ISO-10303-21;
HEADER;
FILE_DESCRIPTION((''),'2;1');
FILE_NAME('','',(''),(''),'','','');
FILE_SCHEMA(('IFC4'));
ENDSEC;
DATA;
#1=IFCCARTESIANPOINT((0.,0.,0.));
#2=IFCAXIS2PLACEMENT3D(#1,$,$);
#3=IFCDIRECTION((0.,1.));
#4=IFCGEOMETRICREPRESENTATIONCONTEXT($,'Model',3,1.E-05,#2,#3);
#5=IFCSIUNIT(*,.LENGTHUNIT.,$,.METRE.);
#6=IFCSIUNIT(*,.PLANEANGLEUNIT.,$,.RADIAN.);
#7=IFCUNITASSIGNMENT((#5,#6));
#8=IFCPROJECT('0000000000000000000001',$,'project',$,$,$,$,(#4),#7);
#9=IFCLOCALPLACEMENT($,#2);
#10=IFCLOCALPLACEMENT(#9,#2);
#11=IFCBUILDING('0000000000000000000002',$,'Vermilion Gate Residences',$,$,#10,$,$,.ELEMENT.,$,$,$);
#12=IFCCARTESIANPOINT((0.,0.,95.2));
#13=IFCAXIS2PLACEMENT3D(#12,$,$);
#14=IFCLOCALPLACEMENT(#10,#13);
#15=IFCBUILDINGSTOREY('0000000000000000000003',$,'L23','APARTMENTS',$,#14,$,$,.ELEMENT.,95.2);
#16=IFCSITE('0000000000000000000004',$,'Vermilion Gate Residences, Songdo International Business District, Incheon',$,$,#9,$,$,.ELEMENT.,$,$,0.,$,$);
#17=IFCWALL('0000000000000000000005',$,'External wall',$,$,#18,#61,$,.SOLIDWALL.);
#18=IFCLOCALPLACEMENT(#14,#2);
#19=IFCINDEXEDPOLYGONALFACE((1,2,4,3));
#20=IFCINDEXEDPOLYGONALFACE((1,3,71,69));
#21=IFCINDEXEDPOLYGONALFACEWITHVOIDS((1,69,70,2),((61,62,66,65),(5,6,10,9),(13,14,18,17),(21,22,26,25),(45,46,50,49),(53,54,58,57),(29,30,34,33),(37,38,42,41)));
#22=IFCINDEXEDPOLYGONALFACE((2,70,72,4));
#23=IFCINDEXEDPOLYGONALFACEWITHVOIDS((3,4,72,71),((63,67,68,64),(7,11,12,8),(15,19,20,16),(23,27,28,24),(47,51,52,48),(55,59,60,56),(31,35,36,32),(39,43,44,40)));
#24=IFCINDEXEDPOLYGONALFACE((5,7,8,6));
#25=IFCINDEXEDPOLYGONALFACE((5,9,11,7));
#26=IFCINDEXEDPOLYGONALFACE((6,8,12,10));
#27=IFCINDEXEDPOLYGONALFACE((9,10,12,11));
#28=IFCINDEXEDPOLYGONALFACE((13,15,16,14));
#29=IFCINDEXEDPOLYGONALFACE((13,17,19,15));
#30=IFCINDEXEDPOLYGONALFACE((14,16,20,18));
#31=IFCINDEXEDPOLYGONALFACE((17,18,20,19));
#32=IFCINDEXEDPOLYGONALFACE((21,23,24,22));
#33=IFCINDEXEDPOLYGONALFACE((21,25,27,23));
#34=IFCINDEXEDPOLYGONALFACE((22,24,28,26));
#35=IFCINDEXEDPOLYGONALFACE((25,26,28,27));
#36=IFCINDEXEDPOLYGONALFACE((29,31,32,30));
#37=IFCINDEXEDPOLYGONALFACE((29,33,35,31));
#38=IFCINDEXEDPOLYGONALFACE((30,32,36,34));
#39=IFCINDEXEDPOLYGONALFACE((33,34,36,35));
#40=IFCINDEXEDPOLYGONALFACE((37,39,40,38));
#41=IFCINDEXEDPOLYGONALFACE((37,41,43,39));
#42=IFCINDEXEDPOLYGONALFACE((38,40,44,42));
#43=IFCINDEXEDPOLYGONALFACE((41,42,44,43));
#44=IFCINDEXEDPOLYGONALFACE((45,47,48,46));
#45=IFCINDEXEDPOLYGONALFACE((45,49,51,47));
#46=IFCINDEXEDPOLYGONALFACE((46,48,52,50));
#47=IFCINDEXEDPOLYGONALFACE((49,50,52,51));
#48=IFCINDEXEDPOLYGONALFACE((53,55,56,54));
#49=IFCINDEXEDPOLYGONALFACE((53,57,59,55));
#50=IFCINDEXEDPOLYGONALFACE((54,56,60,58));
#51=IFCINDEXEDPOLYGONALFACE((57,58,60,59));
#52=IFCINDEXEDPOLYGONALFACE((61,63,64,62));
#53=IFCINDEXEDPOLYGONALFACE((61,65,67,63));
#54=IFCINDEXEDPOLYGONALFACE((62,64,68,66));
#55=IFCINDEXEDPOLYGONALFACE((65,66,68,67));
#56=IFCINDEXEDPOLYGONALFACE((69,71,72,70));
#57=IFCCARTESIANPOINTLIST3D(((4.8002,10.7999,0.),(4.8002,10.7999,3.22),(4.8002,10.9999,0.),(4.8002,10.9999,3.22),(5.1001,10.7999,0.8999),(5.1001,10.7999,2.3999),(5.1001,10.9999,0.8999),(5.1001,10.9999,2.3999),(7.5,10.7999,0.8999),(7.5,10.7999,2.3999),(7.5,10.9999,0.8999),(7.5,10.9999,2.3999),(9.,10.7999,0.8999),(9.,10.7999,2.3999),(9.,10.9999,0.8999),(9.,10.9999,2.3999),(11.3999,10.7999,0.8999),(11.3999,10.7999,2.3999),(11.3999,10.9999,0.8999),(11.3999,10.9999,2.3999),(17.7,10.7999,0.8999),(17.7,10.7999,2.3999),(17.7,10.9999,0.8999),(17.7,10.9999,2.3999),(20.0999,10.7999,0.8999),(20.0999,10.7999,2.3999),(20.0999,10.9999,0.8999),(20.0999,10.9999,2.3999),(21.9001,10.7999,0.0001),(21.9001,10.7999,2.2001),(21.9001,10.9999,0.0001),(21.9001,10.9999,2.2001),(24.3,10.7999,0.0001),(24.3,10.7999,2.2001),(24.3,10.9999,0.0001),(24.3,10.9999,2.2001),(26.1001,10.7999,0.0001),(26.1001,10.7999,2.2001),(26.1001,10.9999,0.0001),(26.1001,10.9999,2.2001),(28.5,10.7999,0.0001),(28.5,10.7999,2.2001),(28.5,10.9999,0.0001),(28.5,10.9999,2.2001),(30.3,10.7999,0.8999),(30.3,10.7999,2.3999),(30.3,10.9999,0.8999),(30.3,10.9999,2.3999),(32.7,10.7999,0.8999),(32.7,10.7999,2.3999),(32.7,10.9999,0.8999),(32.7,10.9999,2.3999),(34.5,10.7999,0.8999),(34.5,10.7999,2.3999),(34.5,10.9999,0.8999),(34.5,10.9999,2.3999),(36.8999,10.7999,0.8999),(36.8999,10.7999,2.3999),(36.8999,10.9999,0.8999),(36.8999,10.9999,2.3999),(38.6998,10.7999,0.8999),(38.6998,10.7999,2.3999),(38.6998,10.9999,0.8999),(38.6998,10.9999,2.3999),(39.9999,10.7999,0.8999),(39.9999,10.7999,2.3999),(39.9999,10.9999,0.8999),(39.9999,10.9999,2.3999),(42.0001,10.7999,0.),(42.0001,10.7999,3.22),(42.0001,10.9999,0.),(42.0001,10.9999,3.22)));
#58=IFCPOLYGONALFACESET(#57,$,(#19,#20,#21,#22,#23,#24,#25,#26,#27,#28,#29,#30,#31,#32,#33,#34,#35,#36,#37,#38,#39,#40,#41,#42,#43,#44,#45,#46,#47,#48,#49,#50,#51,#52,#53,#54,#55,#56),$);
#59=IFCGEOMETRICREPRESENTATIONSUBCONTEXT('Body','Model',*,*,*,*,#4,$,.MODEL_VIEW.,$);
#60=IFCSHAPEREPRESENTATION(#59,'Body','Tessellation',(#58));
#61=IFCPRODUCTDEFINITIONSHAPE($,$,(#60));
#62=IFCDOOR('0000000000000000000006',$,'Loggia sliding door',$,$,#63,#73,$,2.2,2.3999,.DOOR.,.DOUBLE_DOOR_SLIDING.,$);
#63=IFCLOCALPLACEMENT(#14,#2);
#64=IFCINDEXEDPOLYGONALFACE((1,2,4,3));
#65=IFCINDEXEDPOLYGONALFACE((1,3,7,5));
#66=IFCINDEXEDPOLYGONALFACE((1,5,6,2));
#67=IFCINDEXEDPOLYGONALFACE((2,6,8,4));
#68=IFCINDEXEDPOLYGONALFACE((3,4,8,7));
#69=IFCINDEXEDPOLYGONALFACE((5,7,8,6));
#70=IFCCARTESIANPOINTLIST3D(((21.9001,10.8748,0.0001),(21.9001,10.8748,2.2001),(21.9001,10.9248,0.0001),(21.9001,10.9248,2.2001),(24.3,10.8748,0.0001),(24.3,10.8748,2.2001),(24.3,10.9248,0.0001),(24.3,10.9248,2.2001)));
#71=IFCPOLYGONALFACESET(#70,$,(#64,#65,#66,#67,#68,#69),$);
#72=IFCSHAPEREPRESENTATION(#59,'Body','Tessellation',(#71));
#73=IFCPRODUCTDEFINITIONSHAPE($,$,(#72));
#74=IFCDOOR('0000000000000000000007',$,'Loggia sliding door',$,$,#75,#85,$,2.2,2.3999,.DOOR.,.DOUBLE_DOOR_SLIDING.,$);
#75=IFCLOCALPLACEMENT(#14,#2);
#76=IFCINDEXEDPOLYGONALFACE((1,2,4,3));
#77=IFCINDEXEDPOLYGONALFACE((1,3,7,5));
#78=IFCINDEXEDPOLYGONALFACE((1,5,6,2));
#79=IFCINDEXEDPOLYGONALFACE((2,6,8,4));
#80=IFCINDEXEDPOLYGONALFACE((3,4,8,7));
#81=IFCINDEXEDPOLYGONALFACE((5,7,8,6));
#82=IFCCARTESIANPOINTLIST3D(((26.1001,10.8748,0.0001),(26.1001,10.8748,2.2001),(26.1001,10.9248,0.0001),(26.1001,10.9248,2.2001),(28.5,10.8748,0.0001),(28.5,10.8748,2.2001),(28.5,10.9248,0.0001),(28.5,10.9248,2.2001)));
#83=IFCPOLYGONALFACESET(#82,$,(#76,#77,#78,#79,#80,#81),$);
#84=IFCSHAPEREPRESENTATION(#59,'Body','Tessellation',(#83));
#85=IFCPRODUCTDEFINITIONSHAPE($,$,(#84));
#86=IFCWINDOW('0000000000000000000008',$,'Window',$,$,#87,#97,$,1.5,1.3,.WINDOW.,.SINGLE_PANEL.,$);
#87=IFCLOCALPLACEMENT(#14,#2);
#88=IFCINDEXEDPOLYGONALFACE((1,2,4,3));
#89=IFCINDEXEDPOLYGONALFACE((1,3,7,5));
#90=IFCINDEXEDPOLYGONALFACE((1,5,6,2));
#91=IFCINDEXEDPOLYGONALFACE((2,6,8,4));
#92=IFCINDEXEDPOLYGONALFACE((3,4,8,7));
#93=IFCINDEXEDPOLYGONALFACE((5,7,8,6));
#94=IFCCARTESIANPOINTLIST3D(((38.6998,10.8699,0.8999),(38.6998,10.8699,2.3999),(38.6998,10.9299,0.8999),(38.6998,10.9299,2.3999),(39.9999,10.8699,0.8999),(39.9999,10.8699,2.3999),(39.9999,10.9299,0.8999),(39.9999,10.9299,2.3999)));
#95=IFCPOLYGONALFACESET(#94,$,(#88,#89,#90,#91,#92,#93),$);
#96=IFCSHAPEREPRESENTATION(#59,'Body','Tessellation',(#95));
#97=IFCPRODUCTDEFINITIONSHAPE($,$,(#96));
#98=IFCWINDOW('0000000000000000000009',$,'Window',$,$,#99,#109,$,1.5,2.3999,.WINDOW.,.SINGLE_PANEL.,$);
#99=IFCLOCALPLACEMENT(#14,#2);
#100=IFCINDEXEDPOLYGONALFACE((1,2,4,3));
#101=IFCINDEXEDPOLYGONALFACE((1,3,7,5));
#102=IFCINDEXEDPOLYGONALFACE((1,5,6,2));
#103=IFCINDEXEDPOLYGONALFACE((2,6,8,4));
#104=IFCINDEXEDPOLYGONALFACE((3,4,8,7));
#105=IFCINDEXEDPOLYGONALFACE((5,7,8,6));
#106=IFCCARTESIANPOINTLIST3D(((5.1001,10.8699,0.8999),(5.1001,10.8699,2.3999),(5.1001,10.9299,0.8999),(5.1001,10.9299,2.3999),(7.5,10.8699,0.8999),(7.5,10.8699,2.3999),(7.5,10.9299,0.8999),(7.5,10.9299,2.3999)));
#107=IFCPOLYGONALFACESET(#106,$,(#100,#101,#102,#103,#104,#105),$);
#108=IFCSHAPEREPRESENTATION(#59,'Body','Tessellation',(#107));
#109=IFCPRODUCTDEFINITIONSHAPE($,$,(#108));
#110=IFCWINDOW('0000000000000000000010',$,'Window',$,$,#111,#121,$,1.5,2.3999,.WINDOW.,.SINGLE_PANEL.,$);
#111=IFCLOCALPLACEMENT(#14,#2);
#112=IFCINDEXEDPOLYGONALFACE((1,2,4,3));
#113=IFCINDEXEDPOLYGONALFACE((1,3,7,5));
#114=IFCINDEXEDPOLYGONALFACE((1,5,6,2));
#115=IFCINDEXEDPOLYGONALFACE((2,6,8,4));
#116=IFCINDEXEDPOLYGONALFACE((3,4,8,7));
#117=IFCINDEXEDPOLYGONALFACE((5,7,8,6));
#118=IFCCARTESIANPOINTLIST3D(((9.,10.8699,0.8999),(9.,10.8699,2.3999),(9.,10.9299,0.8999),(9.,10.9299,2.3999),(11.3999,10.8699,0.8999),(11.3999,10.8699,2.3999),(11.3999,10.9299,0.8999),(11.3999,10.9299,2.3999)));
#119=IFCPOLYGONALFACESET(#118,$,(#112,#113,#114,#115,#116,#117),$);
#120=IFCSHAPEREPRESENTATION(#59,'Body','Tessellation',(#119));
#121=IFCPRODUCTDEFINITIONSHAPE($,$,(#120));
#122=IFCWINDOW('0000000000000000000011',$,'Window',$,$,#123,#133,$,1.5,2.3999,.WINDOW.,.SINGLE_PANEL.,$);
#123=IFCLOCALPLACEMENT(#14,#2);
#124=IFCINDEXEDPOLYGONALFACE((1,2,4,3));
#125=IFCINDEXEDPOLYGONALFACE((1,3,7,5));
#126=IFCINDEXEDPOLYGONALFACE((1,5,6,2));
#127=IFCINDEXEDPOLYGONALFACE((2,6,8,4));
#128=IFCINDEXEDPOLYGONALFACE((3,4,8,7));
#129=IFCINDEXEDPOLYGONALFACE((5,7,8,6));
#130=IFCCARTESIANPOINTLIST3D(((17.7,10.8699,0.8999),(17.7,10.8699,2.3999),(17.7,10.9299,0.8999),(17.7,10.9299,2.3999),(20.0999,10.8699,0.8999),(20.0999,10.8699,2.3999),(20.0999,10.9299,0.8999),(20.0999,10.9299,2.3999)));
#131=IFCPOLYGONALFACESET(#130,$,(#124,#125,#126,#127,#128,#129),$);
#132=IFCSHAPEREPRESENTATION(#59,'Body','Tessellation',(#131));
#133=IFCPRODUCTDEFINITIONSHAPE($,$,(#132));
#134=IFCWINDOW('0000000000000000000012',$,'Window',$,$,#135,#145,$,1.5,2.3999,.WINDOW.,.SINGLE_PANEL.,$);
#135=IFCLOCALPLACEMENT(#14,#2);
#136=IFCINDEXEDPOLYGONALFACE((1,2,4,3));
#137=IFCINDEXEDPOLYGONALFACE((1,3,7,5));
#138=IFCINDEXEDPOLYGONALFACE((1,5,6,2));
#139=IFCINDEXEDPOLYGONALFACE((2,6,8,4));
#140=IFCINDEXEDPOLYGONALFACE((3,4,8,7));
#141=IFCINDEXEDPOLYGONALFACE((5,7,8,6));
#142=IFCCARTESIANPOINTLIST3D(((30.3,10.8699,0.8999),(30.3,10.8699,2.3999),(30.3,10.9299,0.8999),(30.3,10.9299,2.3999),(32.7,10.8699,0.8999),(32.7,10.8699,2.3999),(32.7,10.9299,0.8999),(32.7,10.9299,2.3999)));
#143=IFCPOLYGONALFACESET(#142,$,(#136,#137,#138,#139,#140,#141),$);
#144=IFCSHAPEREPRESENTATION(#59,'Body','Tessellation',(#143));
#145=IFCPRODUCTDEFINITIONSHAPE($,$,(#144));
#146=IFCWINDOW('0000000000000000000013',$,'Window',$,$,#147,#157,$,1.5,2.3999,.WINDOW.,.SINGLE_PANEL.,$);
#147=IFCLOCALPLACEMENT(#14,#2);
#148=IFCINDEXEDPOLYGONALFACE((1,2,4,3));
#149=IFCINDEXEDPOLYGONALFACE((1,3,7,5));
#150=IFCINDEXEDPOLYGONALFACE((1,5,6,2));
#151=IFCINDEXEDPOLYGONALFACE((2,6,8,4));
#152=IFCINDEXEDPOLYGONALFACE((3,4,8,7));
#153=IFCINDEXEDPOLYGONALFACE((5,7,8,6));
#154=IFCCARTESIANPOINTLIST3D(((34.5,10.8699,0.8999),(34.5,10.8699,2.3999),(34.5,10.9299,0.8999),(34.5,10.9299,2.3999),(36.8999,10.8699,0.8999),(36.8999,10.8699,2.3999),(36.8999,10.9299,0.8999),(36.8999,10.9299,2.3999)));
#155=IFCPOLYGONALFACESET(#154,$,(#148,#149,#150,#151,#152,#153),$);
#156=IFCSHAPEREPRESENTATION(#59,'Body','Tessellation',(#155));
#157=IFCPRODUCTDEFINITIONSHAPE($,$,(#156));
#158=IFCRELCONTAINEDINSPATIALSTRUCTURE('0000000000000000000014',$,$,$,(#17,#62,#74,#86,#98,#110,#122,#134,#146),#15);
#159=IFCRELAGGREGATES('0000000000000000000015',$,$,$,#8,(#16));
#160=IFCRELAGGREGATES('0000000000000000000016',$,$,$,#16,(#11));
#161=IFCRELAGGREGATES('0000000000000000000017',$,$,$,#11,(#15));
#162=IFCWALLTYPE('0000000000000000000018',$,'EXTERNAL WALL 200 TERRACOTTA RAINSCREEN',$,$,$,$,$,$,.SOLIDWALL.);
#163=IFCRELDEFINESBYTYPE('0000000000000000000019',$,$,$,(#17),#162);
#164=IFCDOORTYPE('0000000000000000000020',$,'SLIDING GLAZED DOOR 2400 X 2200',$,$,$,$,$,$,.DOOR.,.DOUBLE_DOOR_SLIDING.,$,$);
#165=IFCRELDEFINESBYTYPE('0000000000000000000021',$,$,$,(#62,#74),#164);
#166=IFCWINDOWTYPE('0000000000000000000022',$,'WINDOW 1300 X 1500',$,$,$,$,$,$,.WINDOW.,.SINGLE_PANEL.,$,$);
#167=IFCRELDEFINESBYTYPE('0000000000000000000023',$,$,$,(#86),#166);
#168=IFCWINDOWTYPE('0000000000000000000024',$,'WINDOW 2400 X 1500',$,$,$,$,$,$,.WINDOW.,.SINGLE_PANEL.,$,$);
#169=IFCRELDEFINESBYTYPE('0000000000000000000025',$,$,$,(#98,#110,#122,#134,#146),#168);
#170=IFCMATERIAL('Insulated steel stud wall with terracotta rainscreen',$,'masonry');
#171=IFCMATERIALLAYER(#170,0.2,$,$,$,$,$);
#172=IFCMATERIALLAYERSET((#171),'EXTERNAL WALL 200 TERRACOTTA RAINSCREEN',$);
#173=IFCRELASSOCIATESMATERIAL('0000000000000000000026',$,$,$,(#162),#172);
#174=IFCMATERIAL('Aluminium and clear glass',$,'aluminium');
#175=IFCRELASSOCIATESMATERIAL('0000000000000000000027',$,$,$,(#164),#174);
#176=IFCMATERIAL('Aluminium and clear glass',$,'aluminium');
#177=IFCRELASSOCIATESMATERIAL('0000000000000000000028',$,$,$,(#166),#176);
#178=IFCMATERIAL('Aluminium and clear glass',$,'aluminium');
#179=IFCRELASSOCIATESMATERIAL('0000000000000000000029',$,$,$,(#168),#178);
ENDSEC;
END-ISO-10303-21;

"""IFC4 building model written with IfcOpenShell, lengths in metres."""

from ifc_helpers import new_model, si_unit, direction, frame, frame_2d, origin, place, context, subcontext, project, spatial, rectangle, extrude, material, layer, layer_set, type_object, element, fill, save


model = new_model("IFC4")

# Units and contexts
model_context = context("Model", 3, precision=1e-05, world=origin(), true_north=direction((0.0, 1.0)))
body_context = subcontext(model_context, "Body", "Model", "MODEL_VIEW")
ifc_project = project(units=[si_unit("LENGTHUNIT", "METRE"), si_unit("PLANEANGLEUNIT", "RADIAN")], contexts=[model_context])

# Site, building, storey
site_placement = place(None, origin())
site = spatial("IfcSite", under=ifc_project, at=site_placement, Name="Vermilion Gate Residences, Songdo International Business District, Incheon", CompositionType="ELEMENT", RefElevation=0.0)
building_placement = place(site_placement, origin())
building = spatial("IfcBuilding", under=site, at=building_placement, Name="Vermilion Gate Residences", CompositionType="ELEMENT")
storey_placement = place(building_placement, frame((0.0, 0.0, 95.2)))
storey = spatial("IfcBuildingStorey", under=building, at=storey_placement, Name="L23", Description="APARTMENTS", CompositionType="ELEMENT", Elevation=95.2)

# Shared definitions
ifc_material_1 = material(Name="Insulated steel stud wall with terracotta rainscreen", Category="masonry")
ifc_layer_1 = layer(ifc_material_1, 0.2)
ifc_layer_set_1 = layer_set([ifc_layer_1], Name="EXTERNAL WALL 200 TERRACOTTA RAINSCREEN")
wall_type_1 = type_object("IfcWallType", Name="EXTERNAL WALL 200 TERRACOTTA RAINSCREEN", PredefinedType="SOLIDWALL", material=ifc_layer_set_1)

# Wall, openings, doors, windows
wall_1_placement = place(storey_placement, frame((4.8, 10.8999, 0.0), z_axis=(0.0, 0.0, 1.0), x_axis=(1.0, 0.0, 0.0)))
wall_1 = element("IfcWall", 1, at=wall_1_placement, inside=storey, type_object=wall_type_1, Name="External wall", PredefinedType="SOLIDWALL", context=body_context, shape_type="SweptSolid", body=[
    extrude(rectangle(XDim=37.2, YDim=0.2, at=frame_2d((18.6001, 0.0))), origin(), (0.0, 0.0, 1.0), 3.22),
])
opening_1_placement = place(wall_1_placement, frame((0.3, 0.0, 0.8999)))
opening_1 = element("IfcOpeningElement", 2, at=opening_1_placement, cuts=wall_1, PredefinedType="OPENING", context=body_context, shape_type="SweptSolid", body=[
    extrude(rectangle(XDim=2.3999, YDim=1.5, at=frame_2d((1.2, 0.75))), frame((0.0, 0.1099, 0.0), z_axis=(0.0, -1.0, 0.0), x_axis=(1.0, 0.0, 0.0)), (0.0, 0.0, 1.0), 0.22),
])
opening_2_placement = place(wall_1_placement, frame((4.2, 0.0, 0.8999)))
opening_2 = element("IfcOpeningElement", 3, at=opening_2_placement, cuts=wall_1, PredefinedType="OPENING", context=body_context, shape_type="SweptSolid", body=[
    extrude(rectangle(XDim=2.3999, YDim=1.5, at=frame_2d((1.2, 0.75))), frame((0.0, 0.1099, 0.0), z_axis=(0.0, -1.0, 0.0), x_axis=(1.0, 0.0, 0.0)), (0.0, 0.0, 1.0), 0.22),
])
opening_3_placement = place(wall_1_placement, frame((12.8999, 0.0, 0.8999)))
opening_3 = element("IfcOpeningElement", 4, at=opening_3_placement, cuts=wall_1, PredefinedType="OPENING", context=body_context, shape_type="SweptSolid", body=[
    extrude(rectangle(XDim=2.3999, YDim=1.5, at=frame_2d((1.2, 0.75))), frame((0.0, 0.1099, 0.0), z_axis=(0.0, -1.0, 0.0), x_axis=(1.0, 0.0, 0.0)), (0.0, 0.0, 1.0), 0.22),
])
opening_4_placement = place(wall_1_placement, frame((17.1001, 0.0, 0.0)))
opening_4 = element("IfcOpeningElement", 5, at=opening_4_placement, cuts=wall_1, PredefinedType="OPENING", context=body_context, shape_type="SweptSolid", body=[
    extrude(rectangle(XDim=2.3999, YDim=2.2, at=frame_2d((1.2, 1.1001))), frame((0.0, 0.1099, 0.0), z_axis=(0.0, -1.0, 0.0), x_axis=(1.0, 0.0, 0.0)), (0.0, 0.0, 1.0), 0.22),
])
opening_5_placement = place(wall_1_placement, frame((21.3, 0.0, 0.0)))
opening_5 = element("IfcOpeningElement", 6, at=opening_5_placement, cuts=wall_1, PredefinedType="OPENING", context=body_context, shape_type="SweptSolid", body=[
    extrude(rectangle(XDim=2.3999, YDim=2.2, at=frame_2d((1.2, 1.1001))), frame((0.0, 0.1099, 0.0), z_axis=(0.0, -1.0, 0.0), x_axis=(1.0, 0.0, 0.0)), (0.0, 0.0, 1.0), 0.22),
])
opening_6_placement = place(wall_1_placement, frame((25.5, 0.0, 0.8999)))
opening_6 = element("IfcOpeningElement", 7, at=opening_6_placement, cuts=wall_1, PredefinedType="OPENING", context=body_context, shape_type="SweptSolid", body=[
    extrude(rectangle(XDim=2.3999, YDim=1.5, at=frame_2d((1.2, 0.75))), frame((0.0, 0.1099, 0.0), z_axis=(0.0, -1.0, 0.0), x_axis=(1.0, 0.0, 0.0)), (0.0, 0.0, 1.0), 0.22),
])
opening_7_placement = place(wall_1_placement, frame((29.7, 0.0, 0.8999)))
opening_7 = element("IfcOpeningElement", 8, at=opening_7_placement, cuts=wall_1, PredefinedType="OPENING", context=body_context, shape_type="SweptSolid", body=[
    extrude(rectangle(XDim=2.3999, YDim=1.5, at=frame_2d((1.2, 0.75))), frame((0.0, 0.1099, 0.0), z_axis=(0.0, -1.0, 0.0), x_axis=(1.0, 0.0, 0.0)), (0.0, 0.0, 1.0), 0.22),
])
opening_8_placement = place(wall_1_placement, frame((33.8999, 0.0, 0.8999)))
opening_8 = element("IfcOpeningElement", 9, at=opening_8_placement, cuts=wall_1, PredefinedType="OPENING", context=body_context, shape_type="SweptSolid", body=[
    extrude(rectangle(XDim=1.3, YDim=1.5, at=frame_2d((0.6499, 0.75))), frame((0.0, 0.1099, 0.0), z_axis=(0.0, -1.0, 0.0), x_axis=(1.0, 0.0, 0.0)), (0.0, 0.0, 1.0), 0.22),
])
ifc_material_2 = material(Name="Aluminium and clear glass", Category="aluminium")
door_type_1 = type_object("IfcDoorType", Name="SLIDING GLAZED DOOR 2400 X 2200", OperationType="DOUBLE_DOOR_SLIDING", PredefinedType="DOOR", material=ifc_material_2)
door_1_placement = place(opening_4_placement, origin())
door_1 = element("IfcDoor", 10, at=door_1_placement, inside=storey, type_object=door_type_1, Name="Loggia sliding door", OperationType="DOUBLE_DOOR_SLIDING", OverallHeight=2.2, OverallWidth=2.3999, PredefinedType="DOOR", context=body_context, shape_type="SweptSolid", body=[
    extrude(rectangle(XDim=2.3999, YDim=2.2, at=frame_2d((1.2, 1.1001))), frame((0.0, 0.0249, 0.0), z_axis=(0.0, -1.0, 0.0), x_axis=(1.0, 0.0, 0.0)), (0.0, 0.0, 1.0), 0.05),
])
fill(opening_4, door_1)
door_2_placement = place(opening_5_placement, origin())
door_2 = element("IfcDoor", 11, at=door_2_placement, inside=storey, type_object=door_type_1, Name="Loggia sliding door", OperationType="DOUBLE_DOOR_SLIDING", OverallHeight=2.2, OverallWidth=2.3999, PredefinedType="DOOR", context=body_context, shape_type="SweptSolid", body=[
    extrude(rectangle(XDim=2.3999, YDim=2.2, at=frame_2d((1.2, 1.1001))), frame((0.0, 0.0249, 0.0), z_axis=(0.0, -1.0, 0.0), x_axis=(1.0, 0.0, 0.0)), (0.0, 0.0, 1.0), 0.05),
])
fill(opening_5, door_2)
ifc_material_3 = material(Name="Aluminium and clear glass", Category="aluminium")
window_type_1 = type_object("IfcWindowType", Name="WINDOW 1300 X 1500", PartitioningType="SINGLE_PANEL", PredefinedType="WINDOW", material=ifc_material_3)
window_1_placement = place(opening_8_placement, origin())
window_1 = element("IfcWindow", 12, at=window_1_placement, inside=storey, type_object=window_type_1, Name="Window", OverallHeight=1.5, OverallWidth=1.3, PartitioningType="SINGLE_PANEL", PredefinedType="WINDOW", context=body_context, shape_type="SweptSolid", body=[
    extrude(rectangle(XDim=1.3, YDim=1.5, at=frame_2d((0.6499, 0.75))), frame((0.0, 0.03, 0.0), z_axis=(0.0, -1.0, 0.0), x_axis=(1.0, 0.0, 0.0)), (0.0, 0.0, 1.0), 0.0601),
])
fill(opening_8, window_1)
ifc_material_4 = material(Name="Aluminium and clear glass", Category="aluminium")
window_type_2 = type_object("IfcWindowType", Name="WINDOW 2400 X 1500", PartitioningType="SINGLE_PANEL", PredefinedType="WINDOW", material=ifc_material_4)
window_2_placement = place(opening_1_placement, origin())
window_2 = element("IfcWindow", 13, at=window_2_placement, inside=storey, type_object=window_type_2, Name="Window", OverallHeight=1.5, OverallWidth=2.3999, PartitioningType="SINGLE_PANEL", PredefinedType="WINDOW", context=body_context, shape_type="SweptSolid", body=[
    extrude(rectangle(XDim=2.3999, YDim=1.5, at=frame_2d((1.2, 0.75))), frame((0.0, 0.03, 0.0), z_axis=(0.0, -1.0, 0.0), x_axis=(1.0, 0.0, 0.0)), (0.0, 0.0, 1.0), 0.0601),
])
fill(opening_1, window_2)
window_3_placement = place(opening_2_placement, origin())
window_3 = element("IfcWindow", 14, at=window_3_placement, inside=storey, type_object=window_type_2, Name="Window", OverallHeight=1.5, OverallWidth=2.3999, PartitioningType="SINGLE_PANEL", PredefinedType="WINDOW", context=body_context, shape_type="SweptSolid", body=[
    extrude(rectangle(XDim=2.3999, YDim=1.5, at=frame_2d((1.2, 0.75))), frame((0.0, 0.03, 0.0), z_axis=(0.0, -1.0, 0.0), x_axis=(1.0, 0.0, 0.0)), (0.0, 0.0, 1.0), 0.0601),
])
fill(opening_2, window_3)
window_4_placement = place(opening_3_placement, origin())
window_4 = element("IfcWindow", 15, at=window_4_placement, inside=storey, type_object=window_type_2, Name="Window", OverallHeight=1.5, OverallWidth=2.3999, PartitioningType="SINGLE_PANEL", PredefinedType="WINDOW", context=body_context, shape_type="SweptSolid", body=[
    extrude(rectangle(XDim=2.3999, YDim=1.5, at=frame_2d((1.2, 0.75))), frame((0.0, 0.03, 0.0), z_axis=(0.0, -1.0, 0.0), x_axis=(1.0, 0.0, 0.0)), (0.0, 0.0, 1.0), 0.0601),
])
fill(opening_3, window_4)
window_5_placement = place(opening_6_placement, origin())
window_5 = element("IfcWindow", 16, at=window_5_placement, inside=storey, type_object=window_type_2, Name="Window", OverallHeight=1.5, OverallWidth=2.3999, PartitioningType="SINGLE_PANEL", PredefinedType="WINDOW", context=body_context, shape_type="SweptSolid", body=[
    extrude(rectangle(XDim=2.3999, YDim=1.5, at=frame_2d((1.2, 0.75))), frame((0.0, 0.03, 0.0), z_axis=(0.0, -1.0, 0.0), x_axis=(1.0, 0.0, 0.0)), (0.0, 0.0, 1.0), 0.0601),
])
fill(opening_6, window_5)
window_6_placement = place(opening_7_placement, origin())
window_6 = element("IfcWindow", 17, at=window_6_placement, inside=storey, type_object=window_type_2, Name="Window", OverallHeight=1.5, OverallWidth=2.3999, PartitioningType="SINGLE_PANEL", PredefinedType="WINDOW", context=body_context, shape_type="SweptSolid", body=[
    extrude(rectangle(XDim=2.3999, YDim=1.5, at=frame_2d((1.2, 0.75))), frame((0.0, 0.03, 0.0), z_axis=(0.0, -1.0, 0.0), x_axis=(1.0, 0.0, 0.0)), (0.0, 0.0, 1.0), 0.0601),
])
fill(opening_7, window_6)

save(model, "model.ifc")
